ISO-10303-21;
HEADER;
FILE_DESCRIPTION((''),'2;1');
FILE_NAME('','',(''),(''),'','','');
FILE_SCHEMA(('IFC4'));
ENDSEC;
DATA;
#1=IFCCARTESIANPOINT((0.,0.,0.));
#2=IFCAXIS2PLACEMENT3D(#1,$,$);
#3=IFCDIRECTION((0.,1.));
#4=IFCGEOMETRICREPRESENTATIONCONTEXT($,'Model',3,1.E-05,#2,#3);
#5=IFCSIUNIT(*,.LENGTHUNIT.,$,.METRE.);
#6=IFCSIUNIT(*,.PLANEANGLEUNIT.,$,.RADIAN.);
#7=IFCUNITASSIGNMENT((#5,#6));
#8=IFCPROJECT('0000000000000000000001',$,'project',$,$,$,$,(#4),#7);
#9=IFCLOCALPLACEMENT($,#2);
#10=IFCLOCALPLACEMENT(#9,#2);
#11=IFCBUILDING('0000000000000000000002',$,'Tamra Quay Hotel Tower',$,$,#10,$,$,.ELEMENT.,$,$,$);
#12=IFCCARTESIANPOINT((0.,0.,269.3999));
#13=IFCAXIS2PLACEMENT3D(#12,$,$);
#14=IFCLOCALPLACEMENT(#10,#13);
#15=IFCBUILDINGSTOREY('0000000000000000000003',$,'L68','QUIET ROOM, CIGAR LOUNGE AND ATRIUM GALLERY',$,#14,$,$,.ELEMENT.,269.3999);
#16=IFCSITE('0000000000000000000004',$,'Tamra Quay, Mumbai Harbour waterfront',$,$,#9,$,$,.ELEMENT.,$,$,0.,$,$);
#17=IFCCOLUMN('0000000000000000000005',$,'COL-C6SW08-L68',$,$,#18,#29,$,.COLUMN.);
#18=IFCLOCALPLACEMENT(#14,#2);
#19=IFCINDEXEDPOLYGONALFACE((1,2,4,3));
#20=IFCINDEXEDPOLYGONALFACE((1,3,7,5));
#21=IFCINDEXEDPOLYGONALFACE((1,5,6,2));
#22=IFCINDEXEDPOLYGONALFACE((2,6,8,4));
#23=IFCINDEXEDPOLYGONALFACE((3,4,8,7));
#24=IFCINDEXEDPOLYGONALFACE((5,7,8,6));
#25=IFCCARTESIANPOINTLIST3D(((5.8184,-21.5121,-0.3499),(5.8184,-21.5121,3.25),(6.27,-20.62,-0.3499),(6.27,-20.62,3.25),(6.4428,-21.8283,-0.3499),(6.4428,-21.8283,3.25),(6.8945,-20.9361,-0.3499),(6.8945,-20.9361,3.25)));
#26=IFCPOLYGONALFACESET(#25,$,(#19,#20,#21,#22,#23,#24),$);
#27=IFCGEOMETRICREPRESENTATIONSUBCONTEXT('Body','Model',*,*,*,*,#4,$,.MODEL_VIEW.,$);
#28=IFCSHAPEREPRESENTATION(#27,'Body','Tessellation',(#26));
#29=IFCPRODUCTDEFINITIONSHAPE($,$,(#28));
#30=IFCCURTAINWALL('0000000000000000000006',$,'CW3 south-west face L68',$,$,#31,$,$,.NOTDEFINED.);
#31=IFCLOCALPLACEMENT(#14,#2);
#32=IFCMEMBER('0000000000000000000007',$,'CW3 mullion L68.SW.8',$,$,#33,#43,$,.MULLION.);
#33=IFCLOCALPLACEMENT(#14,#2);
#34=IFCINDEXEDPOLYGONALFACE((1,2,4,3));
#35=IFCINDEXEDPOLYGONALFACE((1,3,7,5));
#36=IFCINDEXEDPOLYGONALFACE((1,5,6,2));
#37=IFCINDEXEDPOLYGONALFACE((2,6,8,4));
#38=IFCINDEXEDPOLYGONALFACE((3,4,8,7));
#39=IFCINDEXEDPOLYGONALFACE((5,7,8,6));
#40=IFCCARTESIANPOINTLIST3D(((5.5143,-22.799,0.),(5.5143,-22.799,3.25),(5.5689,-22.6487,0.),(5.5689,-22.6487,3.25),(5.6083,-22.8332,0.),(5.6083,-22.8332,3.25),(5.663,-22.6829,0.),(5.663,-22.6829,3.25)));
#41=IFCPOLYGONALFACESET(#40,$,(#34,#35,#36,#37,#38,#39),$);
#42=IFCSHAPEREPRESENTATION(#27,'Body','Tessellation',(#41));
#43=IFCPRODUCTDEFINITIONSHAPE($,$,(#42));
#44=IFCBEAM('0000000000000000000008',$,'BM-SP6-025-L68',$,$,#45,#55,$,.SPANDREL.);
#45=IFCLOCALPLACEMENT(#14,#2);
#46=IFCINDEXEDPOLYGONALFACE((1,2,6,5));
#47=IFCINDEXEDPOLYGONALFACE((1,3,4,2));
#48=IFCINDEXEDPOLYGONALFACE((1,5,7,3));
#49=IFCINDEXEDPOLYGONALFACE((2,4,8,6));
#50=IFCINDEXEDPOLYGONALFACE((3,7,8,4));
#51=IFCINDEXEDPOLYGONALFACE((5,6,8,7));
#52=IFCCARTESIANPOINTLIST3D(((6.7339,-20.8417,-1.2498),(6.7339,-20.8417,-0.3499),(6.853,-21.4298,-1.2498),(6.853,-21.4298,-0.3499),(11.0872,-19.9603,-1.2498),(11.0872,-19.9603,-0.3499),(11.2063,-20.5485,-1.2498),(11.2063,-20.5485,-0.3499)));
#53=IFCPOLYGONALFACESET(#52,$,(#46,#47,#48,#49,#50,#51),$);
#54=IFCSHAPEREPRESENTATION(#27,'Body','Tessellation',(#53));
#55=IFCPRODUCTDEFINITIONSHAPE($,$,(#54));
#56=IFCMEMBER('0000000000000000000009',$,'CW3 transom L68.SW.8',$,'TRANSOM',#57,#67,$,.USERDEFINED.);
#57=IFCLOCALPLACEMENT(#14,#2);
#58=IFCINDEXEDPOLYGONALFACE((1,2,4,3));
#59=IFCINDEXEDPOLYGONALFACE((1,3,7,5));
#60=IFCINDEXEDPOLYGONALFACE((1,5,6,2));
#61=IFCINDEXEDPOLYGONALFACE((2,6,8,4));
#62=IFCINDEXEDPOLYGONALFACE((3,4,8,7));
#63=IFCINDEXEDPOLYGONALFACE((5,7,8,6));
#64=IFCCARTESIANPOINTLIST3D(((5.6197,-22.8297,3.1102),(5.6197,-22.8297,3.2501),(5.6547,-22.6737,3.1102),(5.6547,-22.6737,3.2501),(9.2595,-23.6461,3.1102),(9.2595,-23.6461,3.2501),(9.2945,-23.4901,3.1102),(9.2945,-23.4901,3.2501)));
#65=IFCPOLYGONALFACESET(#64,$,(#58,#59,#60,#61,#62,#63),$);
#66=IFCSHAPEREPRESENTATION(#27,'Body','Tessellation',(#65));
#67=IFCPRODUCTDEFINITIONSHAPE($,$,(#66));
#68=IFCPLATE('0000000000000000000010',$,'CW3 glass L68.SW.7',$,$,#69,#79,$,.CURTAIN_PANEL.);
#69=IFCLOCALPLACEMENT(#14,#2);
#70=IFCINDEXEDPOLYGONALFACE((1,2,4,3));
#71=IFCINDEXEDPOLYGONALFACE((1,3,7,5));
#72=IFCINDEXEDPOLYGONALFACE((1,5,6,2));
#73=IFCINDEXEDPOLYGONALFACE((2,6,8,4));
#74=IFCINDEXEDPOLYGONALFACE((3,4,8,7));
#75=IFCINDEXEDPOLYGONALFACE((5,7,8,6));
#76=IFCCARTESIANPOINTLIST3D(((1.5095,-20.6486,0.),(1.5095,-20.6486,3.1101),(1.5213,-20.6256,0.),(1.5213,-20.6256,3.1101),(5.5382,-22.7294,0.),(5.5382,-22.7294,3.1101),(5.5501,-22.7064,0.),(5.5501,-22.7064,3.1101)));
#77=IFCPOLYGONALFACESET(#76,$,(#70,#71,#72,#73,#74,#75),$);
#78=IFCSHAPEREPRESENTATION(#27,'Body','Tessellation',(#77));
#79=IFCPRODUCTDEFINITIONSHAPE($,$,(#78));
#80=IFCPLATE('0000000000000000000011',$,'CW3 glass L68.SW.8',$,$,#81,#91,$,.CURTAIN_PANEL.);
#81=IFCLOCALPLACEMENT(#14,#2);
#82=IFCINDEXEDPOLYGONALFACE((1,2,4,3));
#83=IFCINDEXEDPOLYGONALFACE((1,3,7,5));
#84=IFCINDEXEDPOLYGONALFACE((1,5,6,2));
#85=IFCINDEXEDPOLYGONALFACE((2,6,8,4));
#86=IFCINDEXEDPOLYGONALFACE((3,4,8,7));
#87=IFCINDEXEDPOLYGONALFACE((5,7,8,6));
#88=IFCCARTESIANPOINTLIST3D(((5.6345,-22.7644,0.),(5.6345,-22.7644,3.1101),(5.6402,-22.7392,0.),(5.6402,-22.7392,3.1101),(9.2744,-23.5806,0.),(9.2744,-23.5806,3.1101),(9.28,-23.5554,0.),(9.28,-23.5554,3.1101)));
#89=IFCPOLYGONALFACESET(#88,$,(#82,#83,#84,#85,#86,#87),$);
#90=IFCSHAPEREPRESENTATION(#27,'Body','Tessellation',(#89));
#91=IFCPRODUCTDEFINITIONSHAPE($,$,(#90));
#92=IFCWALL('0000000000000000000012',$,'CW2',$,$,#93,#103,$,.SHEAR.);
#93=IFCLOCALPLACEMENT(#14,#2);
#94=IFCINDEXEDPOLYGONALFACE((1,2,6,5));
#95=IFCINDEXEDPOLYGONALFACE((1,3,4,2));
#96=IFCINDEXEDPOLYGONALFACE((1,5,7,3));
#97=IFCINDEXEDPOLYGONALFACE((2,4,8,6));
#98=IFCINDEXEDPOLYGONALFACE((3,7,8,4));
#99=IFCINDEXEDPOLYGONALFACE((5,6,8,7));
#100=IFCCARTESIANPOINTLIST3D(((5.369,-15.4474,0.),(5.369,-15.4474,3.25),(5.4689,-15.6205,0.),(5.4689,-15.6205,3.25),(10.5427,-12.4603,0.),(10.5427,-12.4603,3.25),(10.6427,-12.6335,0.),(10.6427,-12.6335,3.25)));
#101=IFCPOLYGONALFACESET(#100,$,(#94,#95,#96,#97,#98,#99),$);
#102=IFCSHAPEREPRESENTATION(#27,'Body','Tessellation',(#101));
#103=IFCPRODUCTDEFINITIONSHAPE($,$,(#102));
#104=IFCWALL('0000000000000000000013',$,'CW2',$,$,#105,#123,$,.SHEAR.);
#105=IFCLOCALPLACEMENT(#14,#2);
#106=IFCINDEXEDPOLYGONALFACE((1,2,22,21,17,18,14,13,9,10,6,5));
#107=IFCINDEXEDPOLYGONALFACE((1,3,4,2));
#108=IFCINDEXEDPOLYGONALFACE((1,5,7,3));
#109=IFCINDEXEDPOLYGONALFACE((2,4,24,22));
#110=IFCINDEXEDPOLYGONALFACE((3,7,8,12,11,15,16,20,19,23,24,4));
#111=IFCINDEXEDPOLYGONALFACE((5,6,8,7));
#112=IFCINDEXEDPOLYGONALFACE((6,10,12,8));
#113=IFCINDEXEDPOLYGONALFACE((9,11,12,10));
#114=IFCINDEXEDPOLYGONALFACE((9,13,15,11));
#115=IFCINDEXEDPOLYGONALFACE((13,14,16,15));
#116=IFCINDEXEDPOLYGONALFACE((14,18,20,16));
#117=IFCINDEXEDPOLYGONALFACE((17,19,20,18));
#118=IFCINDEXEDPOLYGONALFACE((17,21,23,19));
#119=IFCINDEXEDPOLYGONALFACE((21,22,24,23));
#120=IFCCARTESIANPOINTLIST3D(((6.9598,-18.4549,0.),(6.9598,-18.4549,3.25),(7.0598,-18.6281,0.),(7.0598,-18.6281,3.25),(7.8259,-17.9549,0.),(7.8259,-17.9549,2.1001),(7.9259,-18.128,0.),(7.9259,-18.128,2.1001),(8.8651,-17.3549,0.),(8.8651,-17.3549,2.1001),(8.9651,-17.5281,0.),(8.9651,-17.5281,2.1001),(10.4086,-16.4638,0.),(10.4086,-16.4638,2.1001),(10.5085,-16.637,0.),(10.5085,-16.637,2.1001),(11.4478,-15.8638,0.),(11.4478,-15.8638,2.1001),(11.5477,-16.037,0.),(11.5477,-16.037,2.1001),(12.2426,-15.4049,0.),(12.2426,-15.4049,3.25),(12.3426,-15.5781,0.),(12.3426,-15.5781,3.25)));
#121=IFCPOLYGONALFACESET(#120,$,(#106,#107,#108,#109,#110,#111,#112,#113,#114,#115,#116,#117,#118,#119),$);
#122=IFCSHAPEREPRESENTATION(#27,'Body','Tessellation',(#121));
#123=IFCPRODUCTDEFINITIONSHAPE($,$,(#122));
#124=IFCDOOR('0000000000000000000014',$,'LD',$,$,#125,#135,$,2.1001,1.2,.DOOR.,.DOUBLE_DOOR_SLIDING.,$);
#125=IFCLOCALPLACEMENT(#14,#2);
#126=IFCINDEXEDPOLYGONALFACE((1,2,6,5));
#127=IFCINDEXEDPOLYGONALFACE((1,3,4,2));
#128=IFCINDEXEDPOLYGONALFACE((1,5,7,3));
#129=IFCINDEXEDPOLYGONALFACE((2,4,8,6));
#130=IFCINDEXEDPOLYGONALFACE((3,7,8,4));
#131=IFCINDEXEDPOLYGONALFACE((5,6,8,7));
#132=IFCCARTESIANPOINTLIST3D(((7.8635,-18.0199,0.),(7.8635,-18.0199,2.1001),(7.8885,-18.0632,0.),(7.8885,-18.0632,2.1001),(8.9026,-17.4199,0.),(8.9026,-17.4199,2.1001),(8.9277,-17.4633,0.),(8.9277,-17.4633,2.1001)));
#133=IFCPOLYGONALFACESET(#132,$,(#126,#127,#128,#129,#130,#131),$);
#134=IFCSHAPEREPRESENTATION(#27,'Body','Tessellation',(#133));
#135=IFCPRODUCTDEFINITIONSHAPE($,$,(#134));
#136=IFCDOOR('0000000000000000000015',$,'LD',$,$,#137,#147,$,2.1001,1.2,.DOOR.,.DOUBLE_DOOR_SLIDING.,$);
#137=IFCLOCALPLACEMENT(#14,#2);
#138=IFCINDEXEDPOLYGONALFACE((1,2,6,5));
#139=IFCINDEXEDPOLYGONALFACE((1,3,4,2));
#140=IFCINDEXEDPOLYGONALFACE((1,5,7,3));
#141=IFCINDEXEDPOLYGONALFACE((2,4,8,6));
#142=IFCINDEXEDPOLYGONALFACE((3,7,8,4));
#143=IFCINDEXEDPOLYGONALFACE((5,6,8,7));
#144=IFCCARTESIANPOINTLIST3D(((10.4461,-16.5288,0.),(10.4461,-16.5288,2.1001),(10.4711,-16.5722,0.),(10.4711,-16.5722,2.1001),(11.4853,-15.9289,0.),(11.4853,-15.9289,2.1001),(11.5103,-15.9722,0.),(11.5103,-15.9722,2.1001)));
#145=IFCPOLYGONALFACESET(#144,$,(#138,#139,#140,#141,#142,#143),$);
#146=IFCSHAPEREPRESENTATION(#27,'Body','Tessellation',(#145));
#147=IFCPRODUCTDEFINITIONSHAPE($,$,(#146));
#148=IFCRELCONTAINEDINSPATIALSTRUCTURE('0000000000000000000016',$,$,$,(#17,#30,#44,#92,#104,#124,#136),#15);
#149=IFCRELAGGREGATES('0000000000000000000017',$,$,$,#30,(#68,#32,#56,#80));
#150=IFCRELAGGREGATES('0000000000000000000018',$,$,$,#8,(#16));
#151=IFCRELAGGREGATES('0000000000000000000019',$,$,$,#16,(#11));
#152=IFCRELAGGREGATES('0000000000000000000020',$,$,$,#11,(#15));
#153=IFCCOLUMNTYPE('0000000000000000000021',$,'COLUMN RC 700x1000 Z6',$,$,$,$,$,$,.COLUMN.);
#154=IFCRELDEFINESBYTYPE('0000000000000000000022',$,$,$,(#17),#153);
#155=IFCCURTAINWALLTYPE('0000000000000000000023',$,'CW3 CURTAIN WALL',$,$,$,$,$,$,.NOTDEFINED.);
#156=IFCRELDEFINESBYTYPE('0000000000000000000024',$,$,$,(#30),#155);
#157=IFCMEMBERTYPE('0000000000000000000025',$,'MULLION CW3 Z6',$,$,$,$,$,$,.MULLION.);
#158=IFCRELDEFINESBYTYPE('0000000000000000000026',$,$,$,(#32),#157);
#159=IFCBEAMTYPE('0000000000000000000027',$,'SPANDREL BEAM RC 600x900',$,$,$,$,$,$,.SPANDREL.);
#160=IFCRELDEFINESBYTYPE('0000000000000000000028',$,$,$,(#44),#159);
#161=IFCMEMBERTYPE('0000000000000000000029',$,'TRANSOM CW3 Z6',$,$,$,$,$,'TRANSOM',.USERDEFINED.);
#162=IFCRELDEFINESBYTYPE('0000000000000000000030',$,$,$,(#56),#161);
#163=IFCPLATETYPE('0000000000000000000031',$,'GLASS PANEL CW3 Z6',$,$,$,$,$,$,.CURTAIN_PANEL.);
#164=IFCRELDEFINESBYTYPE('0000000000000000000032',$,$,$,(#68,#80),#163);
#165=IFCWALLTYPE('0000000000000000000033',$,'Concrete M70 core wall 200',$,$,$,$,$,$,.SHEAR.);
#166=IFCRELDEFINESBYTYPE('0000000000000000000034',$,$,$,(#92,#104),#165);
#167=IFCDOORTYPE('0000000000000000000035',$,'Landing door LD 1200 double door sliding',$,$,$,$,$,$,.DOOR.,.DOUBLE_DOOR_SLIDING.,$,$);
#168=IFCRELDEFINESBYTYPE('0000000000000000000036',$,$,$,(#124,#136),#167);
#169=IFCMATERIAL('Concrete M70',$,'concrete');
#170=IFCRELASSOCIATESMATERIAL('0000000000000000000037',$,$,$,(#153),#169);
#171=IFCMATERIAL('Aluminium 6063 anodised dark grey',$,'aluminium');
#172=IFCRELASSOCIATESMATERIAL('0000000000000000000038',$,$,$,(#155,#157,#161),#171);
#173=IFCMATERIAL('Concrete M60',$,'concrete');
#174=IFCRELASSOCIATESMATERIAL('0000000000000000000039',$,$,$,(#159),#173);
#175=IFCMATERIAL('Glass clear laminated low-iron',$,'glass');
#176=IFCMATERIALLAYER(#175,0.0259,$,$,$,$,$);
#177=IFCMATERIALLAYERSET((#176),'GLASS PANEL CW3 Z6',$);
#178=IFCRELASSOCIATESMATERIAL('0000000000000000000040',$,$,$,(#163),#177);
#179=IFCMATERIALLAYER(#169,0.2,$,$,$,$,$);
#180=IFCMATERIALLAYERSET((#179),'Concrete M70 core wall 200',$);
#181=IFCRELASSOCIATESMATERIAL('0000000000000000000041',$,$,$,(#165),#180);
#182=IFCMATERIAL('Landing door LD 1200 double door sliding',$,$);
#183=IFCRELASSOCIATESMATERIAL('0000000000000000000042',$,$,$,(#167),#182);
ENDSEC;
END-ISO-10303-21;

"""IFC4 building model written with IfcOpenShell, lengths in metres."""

from ifc_helpers import new_model, si_unit, direction, frame, frame_2d, origin, origin_2d, place, context, subcontext, project, spatial, rectangle, extrude, material, layer, layer_set, material_profile, profile_set, type_object, element, fill, aggregate, save


model = new_model("IFC4")

# Units and contexts
model_context = context("Model", 3, precision=1e-05, world=origin(), true_north=direction((0.0, 1.0)))
body_context = subcontext(model_context, "Body", "Model", "MODEL_VIEW")
ifc_project = project(units=[si_unit("LENGTHUNIT", "METRE"), si_unit("PLANEANGLEUNIT", "RADIAN")], contexts=[model_context])

# Site, building, storey
site_placement = place(None, origin())
site = spatial("IfcSite", under=ifc_project, at=site_placement, Name="Tamra Quay, Mumbai Harbour waterfront", CompositionType="ELEMENT", RefElevation=0.0)
building_placement = place(site_placement, origin())
building = spatial("IfcBuilding", under=site, at=building_placement, Name="Tamra Quay Hotel Tower", CompositionType="ELEMENT")
storey_placement = place(building_placement, frame((0.0, 0.0, 269.3999)))
storey = spatial("IfcBuildingStorey", under=building, at=storey_placement, Name="L68", Description="QUIET ROOM, CIGAR LOUNGE AND ATRIUM GALLERY", CompositionType="ELEMENT", Elevation=269.3999)

# Column
ifc_material_1 = material(Name="Concrete M70", Category="concrete")
ifc_material_profile_1 = material_profile(ifc_material_1, rectangle(XDim=1.0, YDim=0.7, at=origin_2d()), Name="COLUMN RC 700x1000 Z6")
ifc_profile_set_1 = profile_set([ifc_material_profile_1], Name="Concrete M70")
column_type = type_object("IfcColumnType", Name="COLUMN RC 700x1000 Z6", PredefinedType="COLUMN", material=ifc_profile_set_1)
column_placement = place(storey_placement, frame((6.3564, -21.2241, -0.3499), z_axis=(0.0, 0.0, 1.0), x_axis=(0.451686, 0.892177, 0.0)))
element("IfcColumn", 1, at=column_placement, inside=storey, type_object=column_type, Name="COL-C6SW08-L68", PredefinedType="COLUMN", context=body_context, shape_type="SweptSolid", body=[
    extrude(rectangle(XDim=1.0, YDim=0.7, at=origin_2d()), origin(), (0.0, 0.0, 1.0), 3.5999),
])

# Curtain wall, member
ifc_material_2 = material(Name="Aluminium 6063 anodised dark grey", Category="aluminium")
curtain_wall_type = type_object("IfcCurtainWallType", Name="CW3 CURTAIN WALL", PredefinedType="NOTDEFINED", material=ifc_material_2)
curtain_wall_placement = place(storey_placement, origin())
curtain_wall = element("IfcCurtainWall", 2, at=curtain_wall_placement, inside=storey, type_object=curtain_wall_type, Name="CW3 south-west face L68", PredefinedType="NOTDEFINED")
ifc_material_profile_2 = material_profile(ifc_material_2, rectangle(XDim=0.1599, YDim=0.1001, at=origin_2d()), Name="MULLION 100X160")
ifc_profile_set_2 = profile_set([ifc_material_profile_2], Name="Aluminium 6063 anodised dark grey")
member_type_1 = type_object("IfcMemberType", Name="MULLION CW3 Z6", PredefinedType="MULLION", material=ifc_profile_set_2)
member_1_placement = place(storey_placement, frame((5.5886, -22.741, 0.0), z_axis=(0.0, 0.0, 1.0), x_axis=(-0.341653, -0.939826, 0.0)))
member_1 = element("IfcMember", 3, at=member_1_placement, type_object=member_type_1, Name="CW3 mullion L68.SW.8", PredefinedType="MULLION", context=body_context, shape_type="SweptSolid", body=[
    extrude(rectangle(XDim=0.1599, YDim=0.1001, at=origin_2d()), origin(), (0.0, 0.0, 1.0), 3.25),
])

# Beam
ifc_material_3 = material(Name="Concrete M60", Category="concrete")
ifc_material_profile_3 = material_profile(ifc_material_3, rectangle(XDim=0.6001, YDim=0.8999, at=origin_2d()), Name="SPANDREL BEAM RC 600x900")
ifc_profile_set_3 = profile_set([ifc_material_profile_3], Name="Concrete M60")
beam_type = type_object("IfcBeamType", Name="SPANDREL BEAM RC 600x900", PredefinedType="SPANDREL", material=ifc_profile_set_3)
beam_placement = place(storey_placement, frame((6.7935, -21.1357, -0.7998), z_axis=(0.980115, 0.198431, 0.0), x_axis=(-0.198431, 0.980115, 0.0)))
element("IfcBeam", 4, at=beam_placement, inside=storey, type_object=beam_type, Name="BM-SP6-025-L68", PredefinedType="SPANDREL", context=body_context, shape_type="SweptSolid", body=[
    extrude(rectangle(XDim=0.6001, YDim=0.8999, at=origin_2d()), origin(), (0.0, 0.0, 1.0), 4.4417),
])

# Member
ifc_material_profile_4 = material_profile(ifc_material_2, rectangle(XDim=0.1599, YDim=0.1399, at=origin_2d()), Name="TRANSOM 160X140")
ifc_profile_set_4 = profile_set([ifc_material_profile_4], Name="Aluminium 6063 anodised dark grey")
member_type_2 = type_object("IfcMemberType", Name="TRANSOM CW3 Z6", ElementType="TRANSOM", PredefinedType="USERDEFINED", material=ifc_profile_set_4)
member_2_placement = place(storey_placement, frame((5.6372, -22.7517, 3.1802), z_axis=(0.975757, -0.218857, 0.0), x_axis=(0.218857, 0.975757, 0.0)))
member_2 = element("IfcMember", 5, at=member_2_placement, type_object=member_type_2, Name="CW3 transom L68.SW.8", ObjectType="TRANSOM", PredefinedType="USERDEFINED", context=body_context, shape_type="SweptSolid", body=[
    extrude(rectangle(XDim=0.1599, YDim=0.1399, at=origin_2d()), origin(), (0.0, 0.0, 1.0), 3.7302),
])

# Plates
ifc_material_4 = material(Name="Glass clear laminated low-iron", Category="glass")
ifc_layer_1 = layer(ifc_material_4, 0.0259)
ifc_layer_set_1 = layer_set([ifc_layer_1], Name="GLASS PANEL CW3 Z6")
plate_type = type_object("IfcPlateType", Name="GLASS PANEL CW3 Z6", PredefinedType="CURTAIN_PANEL", material=ifc_layer_set_1)
plate_1_placement = place(storey_placement, frame((3.5298, -21.6775, 0.0), z_axis=(0.0, 0.0, 1.0), x_axis=(0.888486, -0.458903, 0.0)))
plate_1 = element("IfcPlate", 6, at=plate_1_placement, type_object=plate_type, Name="CW3 glass L68.SW.7", PredefinedType="CURTAIN_PANEL", context=body_context, shape_type="SweptSolid", body=[
    extrude(rectangle(XDim=4.5344, YDim=0.0259, at=origin_2d()), origin(), (0.0, 0.0, 1.0), 3.1101),
])
plate_2_placement = place(storey_placement, frame((7.4573, -23.1599, 0.0), z_axis=(0.0, 0.0, 1.0), x_axis=(0.975768, -0.218806, 0.0)))
plate_2 = element("IfcPlate", 7, at=plate_2_placement, type_object=plate_type, Name="CW3 glass L68.SW.8", PredefinedType="CURTAIN_PANEL", context=body_context, shape_type="SweptSolid", body=[
    extrude(rectangle(XDim=3.7302, YDim=0.0259, at=origin_2d()), origin(), (0.0, 0.0, 1.0), 3.1101),
])
aggregate(curtain_wall, [plate_1, member_1, member_2, plate_2])

# Wall
ifc_layer_2 = layer(ifc_material_1, 0.2)
ifc_layer_set_2 = layer_set([ifc_layer_2], Name="Concrete M70 core wall 200")
wall_type_1 = type_object("IfcWallType", Name="Concrete M70 core wall 200", PredefinedType="SHEAR", material=ifc_layer_set_2)
wall_1_placement = place(storey_placement, frame((5.4189, -15.5339, 0.0), z_axis=(0.0, 0.0, 1.0), x_axis=(0.866029, 0.499994, 0.0)))
element("IfcWall", 8, at=wall_1_placement, inside=storey, type_object=wall_type_1, Name="CW2", PredefinedType="SHEAR", context=body_context, shape_type="SweptSolid", body=[
    extrude(rectangle(XDim=5.9741, YDim=0.2, at=frame_2d((2.9871, 0.0))), origin(), (0.0, 0.0, 1.0), 3.25),
])

# Wall, openings, doors
wall_2_placement = place(storey_placement, frame((7.0098, -18.5415, 0.0), z_axis=(0.0, 0.0, 1.0), x_axis=(0.86603, 0.499992, 0.0)))
wall_2 = element("IfcWall", 9, at=wall_2_placement, inside=storey, type_object=wall_type_1, Name="CW2", PredefinedType="SHEAR", context=body_context, shape_type="SweptSolid", body=[
    extrude(rectangle(XDim=6.1001, YDim=0.2, at=frame_2d((3.05, 0.0))), origin(), (0.0, 0.0, 1.0), 3.25),
])
opening_1_placement = place(wall_2_placement, frame((1.0, 0.0, 0.0)))
opening_1 = element("IfcOpeningElement", 10, at=opening_1_placement, cuts=wall_2, PredefinedType="OPENING", context=body_context, shape_type="SweptSolid", body=[
    extrude(rectangle(XDim=1.2, YDim=2.1001, at=frame_2d((0.6001, 1.05))), frame((0.0, 0.1099, 0.0), z_axis=(0.0, -1.0, 0.0), x_axis=(1.0, 0.0, 0.0)), (0.0, 0.0, 1.0), 0.22),
])
opening_2_placement = place(wall_2_placement, frame((3.9822, 0.0, 0.0)))
opening_2 = element("IfcOpeningElement", 11, at=opening_2_placement, cuts=wall_2, PredefinedType="OPENING", context=body_context, shape_type="SweptSolid", body=[
    extrude(rectangle(XDim=1.2, YDim=2.1001, at=frame_2d((0.6001, 1.05))), frame((0.0, 0.1099, 0.0), z_axis=(0.0, -1.0, 0.0), x_axis=(1.0, 0.0, 0.0)), (0.0, 0.0, 1.0), 0.22),
])
ifc_material_5 = material(Name="Landing door LD 1200 double door sliding")
door_type_1 = type_object("IfcDoorType", Name="Landing door LD 1200 double door sliding", OperationType="DOUBLE_DOOR_SLIDING", PredefinedType="DOOR", material=ifc_material_5)
door_1_placement = place(opening_1_placement, origin())
door_1 = element("IfcDoor", 12, at=door_1_placement, inside=storey, type_object=door_type_1, Name="LD", OperationType="DOUBLE_DOOR_SLIDING", OverallHeight=2.1001, OverallWidth=1.2, PredefinedType="DOOR", context=body_context, shape_type="SweptSolid", body=[
    extrude(rectangle(XDim=1.2, YDim=2.1001, at=frame_2d((0.6001, 1.05))), frame((0.0, 0.0249, 0.0), z_axis=(0.0, -1.0, 0.0), x_axis=(1.0, 0.0, 0.0)), (0.0, 0.0, 1.0), 0.05),
])
fill(opening_1, door_1)
door_2_placement = place(opening_2_placement, origin())
door_2 = element("IfcDoor", 13, at=door_2_placement, inside=storey, type_object=door_type_1, Name="LD", OperationType="DOUBLE_DOOR_SLIDING", OverallHeight=2.1001, OverallWidth=1.2, PredefinedType="DOOR", context=body_context, shape_type="SweptSolid", body=[
    extrude(rectangle(XDim=1.2, YDim=2.1001, at=frame_2d((0.6001, 1.05))), frame((0.0, 0.0249, 0.0), z_axis=(0.0, -1.0, 0.0), x_axis=(1.0, 0.0, 0.0)), (0.0, 0.0, 1.0), 0.05),
])
fill(opening_2, door_2)

save(model, "model.ifc")
